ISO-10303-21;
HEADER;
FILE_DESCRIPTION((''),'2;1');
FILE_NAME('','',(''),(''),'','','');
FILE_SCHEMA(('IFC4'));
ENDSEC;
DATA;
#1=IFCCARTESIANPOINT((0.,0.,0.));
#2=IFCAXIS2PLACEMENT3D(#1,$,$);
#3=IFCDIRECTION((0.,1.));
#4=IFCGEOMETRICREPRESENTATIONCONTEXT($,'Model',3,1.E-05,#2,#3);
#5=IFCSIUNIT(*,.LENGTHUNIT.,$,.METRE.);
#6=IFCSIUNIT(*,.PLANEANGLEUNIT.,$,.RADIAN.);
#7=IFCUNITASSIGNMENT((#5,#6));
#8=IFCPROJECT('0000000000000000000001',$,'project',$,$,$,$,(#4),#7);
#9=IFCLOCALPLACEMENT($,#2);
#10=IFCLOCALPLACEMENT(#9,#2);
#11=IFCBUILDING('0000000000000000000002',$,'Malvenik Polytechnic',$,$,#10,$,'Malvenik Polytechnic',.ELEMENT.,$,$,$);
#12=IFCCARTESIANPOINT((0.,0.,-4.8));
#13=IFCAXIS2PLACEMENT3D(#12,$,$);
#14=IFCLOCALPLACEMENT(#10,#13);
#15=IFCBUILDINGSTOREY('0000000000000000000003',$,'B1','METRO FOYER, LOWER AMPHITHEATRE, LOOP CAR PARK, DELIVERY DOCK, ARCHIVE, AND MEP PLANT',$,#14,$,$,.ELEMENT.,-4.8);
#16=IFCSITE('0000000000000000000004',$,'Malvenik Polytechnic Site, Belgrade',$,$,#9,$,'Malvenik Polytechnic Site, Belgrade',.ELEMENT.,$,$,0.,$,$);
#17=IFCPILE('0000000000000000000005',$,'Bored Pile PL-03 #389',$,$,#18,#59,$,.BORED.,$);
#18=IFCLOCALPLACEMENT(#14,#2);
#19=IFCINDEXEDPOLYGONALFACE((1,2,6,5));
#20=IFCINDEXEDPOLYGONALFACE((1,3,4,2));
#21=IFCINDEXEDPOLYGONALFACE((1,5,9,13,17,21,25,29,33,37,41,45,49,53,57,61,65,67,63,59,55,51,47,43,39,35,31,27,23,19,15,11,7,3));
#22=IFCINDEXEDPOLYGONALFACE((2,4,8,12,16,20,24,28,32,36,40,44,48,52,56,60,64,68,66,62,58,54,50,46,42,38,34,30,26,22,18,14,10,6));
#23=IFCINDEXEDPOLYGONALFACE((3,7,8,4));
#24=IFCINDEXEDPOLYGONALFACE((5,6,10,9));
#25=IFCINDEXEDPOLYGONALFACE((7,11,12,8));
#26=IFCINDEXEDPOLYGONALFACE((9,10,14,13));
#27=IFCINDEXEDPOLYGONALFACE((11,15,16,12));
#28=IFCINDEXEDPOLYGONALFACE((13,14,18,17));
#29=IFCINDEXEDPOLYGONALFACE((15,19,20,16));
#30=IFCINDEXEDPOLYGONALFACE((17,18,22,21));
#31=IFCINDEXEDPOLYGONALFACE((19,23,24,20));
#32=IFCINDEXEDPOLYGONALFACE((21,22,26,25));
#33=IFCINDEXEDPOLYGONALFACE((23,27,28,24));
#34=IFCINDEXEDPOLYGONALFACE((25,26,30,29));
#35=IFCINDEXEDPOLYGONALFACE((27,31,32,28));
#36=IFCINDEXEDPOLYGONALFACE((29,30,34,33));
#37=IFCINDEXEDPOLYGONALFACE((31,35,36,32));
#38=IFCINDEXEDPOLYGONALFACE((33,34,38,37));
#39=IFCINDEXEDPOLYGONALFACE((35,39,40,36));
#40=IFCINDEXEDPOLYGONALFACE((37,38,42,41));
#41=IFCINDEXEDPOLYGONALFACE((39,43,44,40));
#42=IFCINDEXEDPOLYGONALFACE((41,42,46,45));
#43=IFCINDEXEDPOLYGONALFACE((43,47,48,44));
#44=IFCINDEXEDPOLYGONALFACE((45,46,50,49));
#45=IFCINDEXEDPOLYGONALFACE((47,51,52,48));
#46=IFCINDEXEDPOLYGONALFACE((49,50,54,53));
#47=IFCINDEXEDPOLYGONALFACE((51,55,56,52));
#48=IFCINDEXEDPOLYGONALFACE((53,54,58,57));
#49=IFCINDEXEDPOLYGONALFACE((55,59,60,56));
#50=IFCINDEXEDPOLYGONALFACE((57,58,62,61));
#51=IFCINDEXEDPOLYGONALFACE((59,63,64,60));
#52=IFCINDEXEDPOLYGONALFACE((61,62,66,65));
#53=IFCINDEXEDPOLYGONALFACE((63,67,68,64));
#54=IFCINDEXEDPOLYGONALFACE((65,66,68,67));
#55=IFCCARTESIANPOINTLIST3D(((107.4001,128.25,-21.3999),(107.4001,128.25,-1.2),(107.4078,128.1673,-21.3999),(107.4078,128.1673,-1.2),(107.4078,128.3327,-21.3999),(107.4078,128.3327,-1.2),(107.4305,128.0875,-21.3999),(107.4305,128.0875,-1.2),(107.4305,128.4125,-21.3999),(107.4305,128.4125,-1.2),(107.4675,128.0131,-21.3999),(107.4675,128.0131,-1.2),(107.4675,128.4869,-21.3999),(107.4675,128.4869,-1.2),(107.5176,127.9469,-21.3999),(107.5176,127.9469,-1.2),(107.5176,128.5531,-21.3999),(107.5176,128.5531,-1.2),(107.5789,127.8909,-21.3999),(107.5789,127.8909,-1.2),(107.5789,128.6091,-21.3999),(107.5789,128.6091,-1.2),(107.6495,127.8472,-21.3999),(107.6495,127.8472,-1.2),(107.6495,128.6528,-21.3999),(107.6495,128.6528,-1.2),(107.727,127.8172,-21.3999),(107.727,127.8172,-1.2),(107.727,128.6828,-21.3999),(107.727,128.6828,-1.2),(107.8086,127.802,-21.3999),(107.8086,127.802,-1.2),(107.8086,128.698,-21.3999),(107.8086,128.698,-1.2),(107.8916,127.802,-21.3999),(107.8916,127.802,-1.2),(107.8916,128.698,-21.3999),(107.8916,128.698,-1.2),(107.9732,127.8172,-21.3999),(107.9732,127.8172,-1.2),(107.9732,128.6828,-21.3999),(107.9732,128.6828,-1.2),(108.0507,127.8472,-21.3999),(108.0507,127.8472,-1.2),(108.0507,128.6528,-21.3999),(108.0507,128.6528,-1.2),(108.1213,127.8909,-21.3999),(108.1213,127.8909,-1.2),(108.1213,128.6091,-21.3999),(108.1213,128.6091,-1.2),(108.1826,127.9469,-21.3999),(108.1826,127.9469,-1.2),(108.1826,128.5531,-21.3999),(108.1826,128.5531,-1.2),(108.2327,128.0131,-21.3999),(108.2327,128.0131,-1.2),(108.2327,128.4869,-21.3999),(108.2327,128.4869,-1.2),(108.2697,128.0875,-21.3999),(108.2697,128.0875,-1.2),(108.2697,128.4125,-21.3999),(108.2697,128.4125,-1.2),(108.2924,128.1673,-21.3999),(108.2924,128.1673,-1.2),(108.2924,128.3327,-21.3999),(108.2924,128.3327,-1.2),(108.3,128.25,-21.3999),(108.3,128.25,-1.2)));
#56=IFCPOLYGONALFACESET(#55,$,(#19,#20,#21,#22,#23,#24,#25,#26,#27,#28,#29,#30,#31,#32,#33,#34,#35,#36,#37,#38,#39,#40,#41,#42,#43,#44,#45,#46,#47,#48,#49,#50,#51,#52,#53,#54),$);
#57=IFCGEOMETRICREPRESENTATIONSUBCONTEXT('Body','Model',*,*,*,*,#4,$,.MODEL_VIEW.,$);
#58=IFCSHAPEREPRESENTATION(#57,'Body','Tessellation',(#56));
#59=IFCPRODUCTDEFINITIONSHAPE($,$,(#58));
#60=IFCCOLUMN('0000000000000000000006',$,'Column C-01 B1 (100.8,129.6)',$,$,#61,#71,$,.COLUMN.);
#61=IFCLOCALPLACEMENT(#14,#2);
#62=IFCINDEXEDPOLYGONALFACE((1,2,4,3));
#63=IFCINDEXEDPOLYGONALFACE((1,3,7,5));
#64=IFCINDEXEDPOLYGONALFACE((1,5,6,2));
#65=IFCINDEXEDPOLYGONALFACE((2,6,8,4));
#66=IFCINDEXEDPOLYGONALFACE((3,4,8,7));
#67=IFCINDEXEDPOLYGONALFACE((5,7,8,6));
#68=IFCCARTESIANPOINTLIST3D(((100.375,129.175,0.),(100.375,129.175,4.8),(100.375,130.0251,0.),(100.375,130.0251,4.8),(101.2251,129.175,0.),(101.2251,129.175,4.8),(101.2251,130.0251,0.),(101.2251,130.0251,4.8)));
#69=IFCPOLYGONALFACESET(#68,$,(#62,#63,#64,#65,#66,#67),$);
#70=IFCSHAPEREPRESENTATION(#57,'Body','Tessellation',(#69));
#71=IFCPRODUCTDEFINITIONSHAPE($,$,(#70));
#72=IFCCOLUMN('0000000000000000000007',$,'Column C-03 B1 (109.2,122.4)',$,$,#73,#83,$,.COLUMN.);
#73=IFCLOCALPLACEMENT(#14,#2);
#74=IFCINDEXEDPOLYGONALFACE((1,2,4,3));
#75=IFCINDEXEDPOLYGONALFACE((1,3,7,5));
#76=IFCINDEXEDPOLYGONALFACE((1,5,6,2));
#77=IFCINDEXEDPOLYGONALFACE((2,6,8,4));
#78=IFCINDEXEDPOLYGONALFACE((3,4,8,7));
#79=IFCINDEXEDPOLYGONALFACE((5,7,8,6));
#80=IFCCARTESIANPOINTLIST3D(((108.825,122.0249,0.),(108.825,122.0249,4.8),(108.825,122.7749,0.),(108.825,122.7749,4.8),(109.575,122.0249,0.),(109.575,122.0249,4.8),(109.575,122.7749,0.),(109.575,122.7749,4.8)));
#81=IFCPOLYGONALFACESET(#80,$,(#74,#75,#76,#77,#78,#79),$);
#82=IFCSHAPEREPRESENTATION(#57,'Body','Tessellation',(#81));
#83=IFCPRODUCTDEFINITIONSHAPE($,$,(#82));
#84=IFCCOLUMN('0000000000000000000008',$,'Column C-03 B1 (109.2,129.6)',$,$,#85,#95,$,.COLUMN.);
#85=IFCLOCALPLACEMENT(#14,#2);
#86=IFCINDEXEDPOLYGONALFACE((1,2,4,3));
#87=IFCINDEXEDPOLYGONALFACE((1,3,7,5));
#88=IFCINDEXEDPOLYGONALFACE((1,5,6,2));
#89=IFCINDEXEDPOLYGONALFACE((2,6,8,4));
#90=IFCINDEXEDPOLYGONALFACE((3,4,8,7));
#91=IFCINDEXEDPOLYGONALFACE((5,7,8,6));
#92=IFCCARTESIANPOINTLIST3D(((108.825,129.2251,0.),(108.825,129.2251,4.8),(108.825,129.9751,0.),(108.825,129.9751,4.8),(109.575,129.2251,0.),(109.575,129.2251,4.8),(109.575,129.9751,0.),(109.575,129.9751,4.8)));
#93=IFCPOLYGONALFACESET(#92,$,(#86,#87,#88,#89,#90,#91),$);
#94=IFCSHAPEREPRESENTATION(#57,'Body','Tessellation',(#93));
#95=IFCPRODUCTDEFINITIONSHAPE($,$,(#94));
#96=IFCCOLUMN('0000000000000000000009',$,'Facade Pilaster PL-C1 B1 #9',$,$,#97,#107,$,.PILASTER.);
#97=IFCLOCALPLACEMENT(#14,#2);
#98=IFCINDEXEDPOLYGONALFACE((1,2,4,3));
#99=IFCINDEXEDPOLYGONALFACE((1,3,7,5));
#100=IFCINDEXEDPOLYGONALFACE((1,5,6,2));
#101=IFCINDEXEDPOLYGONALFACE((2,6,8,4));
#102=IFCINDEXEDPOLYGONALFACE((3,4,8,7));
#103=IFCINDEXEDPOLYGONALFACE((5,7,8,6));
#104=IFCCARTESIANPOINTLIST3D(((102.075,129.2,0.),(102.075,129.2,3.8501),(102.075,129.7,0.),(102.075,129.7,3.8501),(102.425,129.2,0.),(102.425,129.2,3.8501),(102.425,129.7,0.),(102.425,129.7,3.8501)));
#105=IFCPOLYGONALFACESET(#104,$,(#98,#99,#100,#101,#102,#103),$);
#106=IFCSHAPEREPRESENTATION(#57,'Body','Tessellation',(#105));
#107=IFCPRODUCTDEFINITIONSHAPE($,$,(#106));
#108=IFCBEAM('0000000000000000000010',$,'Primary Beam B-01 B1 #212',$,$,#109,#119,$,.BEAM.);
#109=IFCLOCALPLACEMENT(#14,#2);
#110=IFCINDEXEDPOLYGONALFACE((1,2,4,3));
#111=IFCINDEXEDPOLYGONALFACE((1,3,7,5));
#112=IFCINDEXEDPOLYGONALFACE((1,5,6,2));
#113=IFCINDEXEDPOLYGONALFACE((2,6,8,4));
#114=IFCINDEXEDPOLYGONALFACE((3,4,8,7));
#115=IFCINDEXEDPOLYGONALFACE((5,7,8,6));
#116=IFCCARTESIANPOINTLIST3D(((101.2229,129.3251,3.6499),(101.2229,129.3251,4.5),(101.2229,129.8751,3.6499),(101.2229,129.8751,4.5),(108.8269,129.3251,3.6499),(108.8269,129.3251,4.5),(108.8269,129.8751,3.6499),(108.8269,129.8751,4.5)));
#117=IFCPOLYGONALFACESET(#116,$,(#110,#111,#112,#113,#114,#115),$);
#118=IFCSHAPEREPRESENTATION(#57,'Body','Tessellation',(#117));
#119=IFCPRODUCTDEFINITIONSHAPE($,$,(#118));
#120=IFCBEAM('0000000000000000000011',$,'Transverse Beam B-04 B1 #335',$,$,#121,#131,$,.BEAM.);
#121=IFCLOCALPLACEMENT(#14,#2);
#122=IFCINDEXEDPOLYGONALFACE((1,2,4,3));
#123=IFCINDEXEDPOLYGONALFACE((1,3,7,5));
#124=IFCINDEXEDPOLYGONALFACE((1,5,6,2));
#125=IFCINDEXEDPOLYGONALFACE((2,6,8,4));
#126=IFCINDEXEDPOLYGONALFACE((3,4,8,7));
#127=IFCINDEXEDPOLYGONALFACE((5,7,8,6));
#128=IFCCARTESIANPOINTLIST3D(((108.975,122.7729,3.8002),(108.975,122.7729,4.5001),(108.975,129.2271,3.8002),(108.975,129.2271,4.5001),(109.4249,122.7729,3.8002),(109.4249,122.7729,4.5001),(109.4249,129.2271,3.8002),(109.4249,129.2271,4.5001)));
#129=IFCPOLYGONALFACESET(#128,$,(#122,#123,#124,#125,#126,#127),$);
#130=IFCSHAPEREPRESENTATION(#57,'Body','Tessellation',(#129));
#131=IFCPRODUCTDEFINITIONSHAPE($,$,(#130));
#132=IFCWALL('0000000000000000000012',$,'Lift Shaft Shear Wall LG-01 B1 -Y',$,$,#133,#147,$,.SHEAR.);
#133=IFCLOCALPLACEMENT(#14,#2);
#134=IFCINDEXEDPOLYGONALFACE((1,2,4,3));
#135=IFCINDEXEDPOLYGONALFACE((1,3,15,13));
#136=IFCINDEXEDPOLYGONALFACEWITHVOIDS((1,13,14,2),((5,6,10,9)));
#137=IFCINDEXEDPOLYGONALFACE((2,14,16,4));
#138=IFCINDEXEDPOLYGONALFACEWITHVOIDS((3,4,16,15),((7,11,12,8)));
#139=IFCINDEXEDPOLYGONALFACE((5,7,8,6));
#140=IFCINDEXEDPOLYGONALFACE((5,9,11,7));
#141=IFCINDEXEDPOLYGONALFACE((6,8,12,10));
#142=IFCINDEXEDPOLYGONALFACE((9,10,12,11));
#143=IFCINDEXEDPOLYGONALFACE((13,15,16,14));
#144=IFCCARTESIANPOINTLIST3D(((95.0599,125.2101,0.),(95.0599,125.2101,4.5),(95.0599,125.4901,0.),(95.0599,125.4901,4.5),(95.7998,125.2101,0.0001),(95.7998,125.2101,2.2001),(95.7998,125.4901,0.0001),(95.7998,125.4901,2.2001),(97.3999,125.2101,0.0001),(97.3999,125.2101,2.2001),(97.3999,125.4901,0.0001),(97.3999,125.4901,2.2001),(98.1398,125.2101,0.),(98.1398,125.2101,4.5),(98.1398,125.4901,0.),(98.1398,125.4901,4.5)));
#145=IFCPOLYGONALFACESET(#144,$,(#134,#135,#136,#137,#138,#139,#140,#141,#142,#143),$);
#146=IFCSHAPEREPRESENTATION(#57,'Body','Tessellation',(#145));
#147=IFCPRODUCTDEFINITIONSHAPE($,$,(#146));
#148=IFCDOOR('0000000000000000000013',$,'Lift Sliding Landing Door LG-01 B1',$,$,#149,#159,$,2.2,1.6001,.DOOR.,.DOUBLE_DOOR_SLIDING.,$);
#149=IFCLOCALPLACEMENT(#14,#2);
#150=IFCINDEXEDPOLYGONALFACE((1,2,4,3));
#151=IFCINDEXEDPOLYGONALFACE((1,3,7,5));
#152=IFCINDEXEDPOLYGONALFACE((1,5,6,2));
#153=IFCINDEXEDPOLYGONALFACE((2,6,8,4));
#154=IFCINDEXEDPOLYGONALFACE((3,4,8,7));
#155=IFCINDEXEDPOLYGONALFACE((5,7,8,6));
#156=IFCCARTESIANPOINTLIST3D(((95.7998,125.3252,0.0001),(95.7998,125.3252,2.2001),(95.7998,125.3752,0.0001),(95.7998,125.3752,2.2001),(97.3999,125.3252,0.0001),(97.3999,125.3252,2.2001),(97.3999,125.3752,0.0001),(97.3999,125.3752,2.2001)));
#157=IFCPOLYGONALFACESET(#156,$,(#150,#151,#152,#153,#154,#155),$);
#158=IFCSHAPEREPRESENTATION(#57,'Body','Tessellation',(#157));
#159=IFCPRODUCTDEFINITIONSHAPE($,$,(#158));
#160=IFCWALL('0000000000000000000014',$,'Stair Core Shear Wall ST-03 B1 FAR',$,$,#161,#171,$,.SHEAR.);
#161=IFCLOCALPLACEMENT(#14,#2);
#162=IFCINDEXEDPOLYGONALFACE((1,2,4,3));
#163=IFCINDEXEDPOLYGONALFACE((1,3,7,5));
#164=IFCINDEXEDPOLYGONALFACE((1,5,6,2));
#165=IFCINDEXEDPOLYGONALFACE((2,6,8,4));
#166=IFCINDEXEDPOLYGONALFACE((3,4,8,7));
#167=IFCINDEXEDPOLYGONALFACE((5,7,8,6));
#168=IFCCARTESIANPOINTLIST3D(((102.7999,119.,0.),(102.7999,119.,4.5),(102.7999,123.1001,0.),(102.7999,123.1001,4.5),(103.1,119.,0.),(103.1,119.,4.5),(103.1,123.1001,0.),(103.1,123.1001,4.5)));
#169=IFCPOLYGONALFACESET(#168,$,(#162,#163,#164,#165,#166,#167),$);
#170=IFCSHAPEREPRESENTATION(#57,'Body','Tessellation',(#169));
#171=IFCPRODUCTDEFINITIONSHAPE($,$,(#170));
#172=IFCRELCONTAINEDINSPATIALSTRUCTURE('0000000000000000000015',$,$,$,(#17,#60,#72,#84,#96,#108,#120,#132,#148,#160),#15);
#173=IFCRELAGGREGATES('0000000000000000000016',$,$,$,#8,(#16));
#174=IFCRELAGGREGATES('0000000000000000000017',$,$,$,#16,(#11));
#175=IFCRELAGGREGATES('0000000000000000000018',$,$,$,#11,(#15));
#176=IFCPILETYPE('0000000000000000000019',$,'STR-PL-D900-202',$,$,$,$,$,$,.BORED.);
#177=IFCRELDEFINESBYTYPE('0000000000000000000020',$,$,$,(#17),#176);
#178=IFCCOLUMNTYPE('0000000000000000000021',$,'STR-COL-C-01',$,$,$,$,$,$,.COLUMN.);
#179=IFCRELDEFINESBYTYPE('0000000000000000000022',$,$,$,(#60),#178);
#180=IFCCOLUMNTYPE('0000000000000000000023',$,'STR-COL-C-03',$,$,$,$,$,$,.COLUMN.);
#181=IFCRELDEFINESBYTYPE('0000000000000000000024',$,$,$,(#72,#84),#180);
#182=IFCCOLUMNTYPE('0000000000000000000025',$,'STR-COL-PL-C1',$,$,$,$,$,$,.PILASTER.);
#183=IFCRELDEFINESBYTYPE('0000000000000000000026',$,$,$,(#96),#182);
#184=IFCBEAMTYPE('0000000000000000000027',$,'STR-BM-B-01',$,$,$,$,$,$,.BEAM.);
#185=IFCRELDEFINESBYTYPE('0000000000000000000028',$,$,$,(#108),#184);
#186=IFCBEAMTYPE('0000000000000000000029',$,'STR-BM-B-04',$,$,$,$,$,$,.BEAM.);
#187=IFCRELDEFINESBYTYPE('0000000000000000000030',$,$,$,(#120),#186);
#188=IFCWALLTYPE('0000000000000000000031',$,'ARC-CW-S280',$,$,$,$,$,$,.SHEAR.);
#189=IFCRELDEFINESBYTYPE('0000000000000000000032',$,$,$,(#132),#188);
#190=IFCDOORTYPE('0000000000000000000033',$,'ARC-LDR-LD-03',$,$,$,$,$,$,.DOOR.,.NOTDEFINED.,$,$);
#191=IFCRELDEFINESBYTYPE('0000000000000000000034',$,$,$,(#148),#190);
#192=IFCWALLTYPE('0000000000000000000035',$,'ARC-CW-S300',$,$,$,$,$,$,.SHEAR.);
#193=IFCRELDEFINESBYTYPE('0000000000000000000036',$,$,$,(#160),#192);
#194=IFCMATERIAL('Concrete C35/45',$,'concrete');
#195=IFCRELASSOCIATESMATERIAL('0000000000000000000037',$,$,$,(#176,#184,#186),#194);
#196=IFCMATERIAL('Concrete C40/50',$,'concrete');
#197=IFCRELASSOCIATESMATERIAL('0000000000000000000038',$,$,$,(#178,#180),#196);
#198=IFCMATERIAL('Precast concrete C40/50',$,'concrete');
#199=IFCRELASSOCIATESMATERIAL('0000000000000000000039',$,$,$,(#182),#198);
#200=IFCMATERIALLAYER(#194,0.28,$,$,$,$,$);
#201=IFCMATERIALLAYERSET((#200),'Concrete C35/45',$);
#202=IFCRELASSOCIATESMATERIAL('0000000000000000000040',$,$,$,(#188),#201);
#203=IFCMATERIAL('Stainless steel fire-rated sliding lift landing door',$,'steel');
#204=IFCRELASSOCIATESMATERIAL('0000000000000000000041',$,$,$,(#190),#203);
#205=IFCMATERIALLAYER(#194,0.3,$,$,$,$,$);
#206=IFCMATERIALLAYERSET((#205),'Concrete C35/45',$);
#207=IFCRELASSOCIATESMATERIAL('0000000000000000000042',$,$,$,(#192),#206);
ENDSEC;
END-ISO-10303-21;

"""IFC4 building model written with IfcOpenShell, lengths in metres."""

from ifc_helpers import new_model, si_unit, direction, frame, frame_2d, origin, origin_2d, place, context, subcontext, project, spatial, rectangle, circle, extrude, material, layer, layer_set, material_profile, profile_set, type_object, element, fill, save


model = new_model("IFC4")

# Units and contexts
model_context = context("Model", 3, precision=1e-05, world=origin(), true_north=direction((0.0, 1.0)))
body_context = subcontext(model_context, "Body", "Model", "MODEL_VIEW")
ifc_project = project(units=[si_unit("LENGTHUNIT", "METRE"), si_unit("PLANEANGLEUNIT", "RADIAN")], contexts=[model_context])

# Site, building, storey
site_placement = place(None, origin())
site = spatial("IfcSite", under=ifc_project, at=site_placement, Name="Malvenik Polytechnic Site, Belgrade", LongName="Malvenik Polytechnic Site, Belgrade", CompositionType="ELEMENT", RefElevation=0.0)
building_placement = place(site_placement, origin())
building = spatial("IfcBuilding", under=site, at=building_placement, Name="Malvenik Polytechnic", LongName="Malvenik Polytechnic", CompositionType="ELEMENT")
storey_placement = place(building_placement, frame((0.0, 0.0, -4.8)))
storey = spatial("IfcBuildingStorey", under=building, at=storey_placement, Name="B1", Description="METRO FOYER, LOWER AMPHITHEATRE, LOOP CAR PARK, DELIVERY DOCK, ARCHIVE, AND MEP PLANT", CompositionType="ELEMENT", Elevation=-4.8)

# Shared definitions
ifc_material_1 = material(Name="Concrete C35/45", Category="concrete")

# Pile
ifc_material_profile_1 = material_profile(ifc_material_1, circle(Radius=0.45, at=origin_2d()), Name="BORED PILE D900")
ifc_profile_set_1 = profile_set([ifc_material_profile_1], Name="Concrete C35/45")
pile_type = type_object("IfcPileType", Name="STR-PL-D900-202", PredefinedType="BORED", material=ifc_profile_set_1)
for number, where, z_axis, x_axis, name in (
    (1, (107.8501, 128.25, -1.2), (0.0, 0.0, -1.0), (1.0, 0.0, 0.0), "Bored Pile PL-03 #389"),
):
    element("IfcPile", number, at=place(storey_placement, frame(where, z_axis=z_axis, x_axis=x_axis)), inside=storey, type_object=pile_type, Name=name, PredefinedType="BORED", context=body_context, shape_type="SweptSolid", body=[
        extrude(circle(Radius=0.45, at=origin_2d()), origin(), (0.0, 0.0, 1.0), 20.2),
    ])

# Columns
ifc_material_2 = material(Name="Concrete C40/50", Category="concrete")
ifc_material_profile_2 = material_profile(ifc_material_2, rectangle(XDim=0.8501, YDim=0.8501, at=origin_2d()), Name="RC COL 850x850")
ifc_profile_set_2 = profile_set([ifc_material_profile_2], Name="Concrete C40/50")
column_type_1 = type_object("IfcColumnType", Name="STR-COL-C-01", PredefinedType="COLUMN", material=ifc_profile_set_2)
column_1_placement = place(storey_placement, frame((100.8, 129.6001, 0.0), z_axis=(0.0, 0.0, 1.0), x_axis=(1.0, 0.0, 0.0)))
element("IfcColumn", 2, at=column_1_placement, inside=storey, type_object=column_type_1, Name="Column C-01 B1 (100.8,129.6)", PredefinedType="COLUMN", context=body_context, shape_type="SweptSolid", body=[
    extrude(rectangle(XDim=0.8501, YDim=0.8501, at=origin_2d()), origin(), (0.0, 0.0, 1.0), 4.8),
])
ifc_material_profile_3 = material_profile(ifc_material_2, rectangle(XDim=0.75, YDim=0.75, at=origin_2d()), Name="RC COL 750x750")
ifc_profile_set_3 = profile_set([ifc_material_profile_3], Name="Concrete C40/50")
column_type_2 = type_object("IfcColumnType", Name="STR-COL-C-03", PredefinedType="COLUMN", material=ifc_profile_set_3)
for number, where, z_axis, x_axis, name in (
    (3, (109.2, 122.3999, 0.0), (0.0, 0.0, 1.0), (1.0, 0.0, 0.0), "Column C-03 B1 (109.2,122.4)"),
    (4, (109.2, 129.6001, 0.0), (0.0, 0.0, 1.0), (1.0, 0.0, 0.0), "Column C-03 B1 (109.2,129.6)"),
):
    element("IfcColumn", number, at=place(storey_placement, frame(where, z_axis=z_axis, x_axis=x_axis)), inside=storey, type_object=column_type_2, Name=name, PredefinedType="COLUMN", context=body_context, shape_type="SweptSolid", body=[
        extrude(rectangle(XDim=0.75, YDim=0.75, at=origin_2d()), origin(), (0.0, 0.0, 1.0), 4.8),
    ])
ifc_material_3 = material(Name="Precast concrete C40/50", Category="concrete")
ifc_material_profile_4 = material_profile(ifc_material_3, rectangle(XDim=0.3501, YDim=0.5, at=origin_2d()), Name="RC PIL 500x350")
ifc_profile_set_4 = profile_set([ifc_material_profile_4], Name="Precast concrete C40/50")
column_type_3 = type_object("IfcColumnType", Name="STR-COL-PL-C1", PredefinedType="PILASTER", material=ifc_profile_set_4)
column_2_placement = place(storey_placement, frame((102.25, 129.45, 0.0), z_axis=(0.0, 0.0, 1.0), x_axis=(1.0, 0.0, 0.0)))
element("IfcColumn", 5, at=column_2_placement, inside=storey, type_object=column_type_3, Name="Facade Pilaster PL-C1 B1 #9", PredefinedType="PILASTER", context=body_context, shape_type="SweptSolid", body=[
    extrude(rectangle(XDim=0.3501, YDim=0.5, at=origin_2d()), origin(), (0.0, 0.0, 1.0), 3.8501),
])

# Beams
ifc_material_profile_5 = material_profile(ifc_material_1, rectangle(XDim=0.55, YDim=0.8501, at=origin_2d()), Name="RC BM 550x850")
ifc_profile_set_5 = profile_set([ifc_material_profile_5], Name="Concrete C35/45")
beam_type_1 = type_object("IfcBeamType", Name="STR-BM-B-01", PredefinedType="BEAM", material=ifc_profile_set_5)
beam_1_placement = place(storey_placement, frame((101.2229, 129.6001, 4.075), z_axis=(1.0, 0.0, 0.0), x_axis=(0.0, 1.0, 0.0)))
element("IfcBeam", 6, at=beam_1_placement, inside=storey, type_object=beam_type_1, Name="Primary Beam B-01 B1 #212", PredefinedType="BEAM", context=body_context, shape_type="SweptSolid", body=[
    extrude(rectangle(XDim=0.55, YDim=0.8501, at=origin_2d()), origin(), (0.0, 0.0, 1.0), 7.604),
])
ifc_material_profile_6 = material_profile(ifc_material_1, rectangle(XDim=0.45, YDim=0.7, at=origin_2d()), Name="RC BM 450x700")
ifc_profile_set_6 = profile_set([ifc_material_profile_6], Name="Concrete C35/45")
beam_type_2 = type_object("IfcBeamType", Name="STR-BM-B-04", PredefinedType="BEAM", material=ifc_profile_set_6)
beam_2_placement = place(storey_placement, frame((109.2, 122.7729, 4.1501), z_axis=(0.0, 1.0, 0.0), x_axis=(-1.0, 0.0, 0.0)))
element("IfcBeam", 7, at=beam_2_placement, inside=storey, type_object=beam_type_2, Name="Transverse Beam B-04 B1 #335", PredefinedType="BEAM", context=body_context, shape_type="SweptSolid", body=[
    extrude(rectangle(XDim=0.45, YDim=0.7, at=origin_2d()), origin(), (0.0, 0.0, 1.0), 6.4541),
])

# Wall, opening, door
ifc_layer_1 = layer(ifc_material_1, 0.28)
ifc_layer_set_1 = layer_set([ifc_layer_1], Name="Concrete C35/45")
wall_type_1 = type_object("IfcWallType", Name="ARC-CW-S280", PredefinedType="SHEAR", material=ifc_layer_set_1)
wall_1_placement = place(storey_placement, frame((98.1399, 125.3501, 0.0), z_axis=(0.0, 0.0, 1.0), x_axis=(-1.0, 0.0, 0.0)))
wall_1 = element("IfcWall", 8, at=wall_1_placement, inside=storey, type_object=wall_type_1, Name="Lift Shaft Shear Wall LG-01 B1 -Y", PredefinedType="SHEAR", context=body_context, shape_type="SweptSolid", body=[
    extrude(rectangle(XDim=3.0798, YDim=0.28, at=frame_2d((1.54, 0.0))), origin(), (0.0, 0.0, 1.0), 4.5),
])
opening_1_placement = place(wall_1_placement, frame((0.74, 0.0, 0.0)))
opening_1 = element("IfcOpeningElement", 9, at=opening_1_placement, cuts=wall_1, PredefinedType="OPENING", context=body_context, shape_type="SweptSolid", body=[
    extrude(rectangle(XDim=1.6001, YDim=2.2, at=frame_2d((0.8, 1.1001))), frame((0.0, 0.1499, 0.0), z_axis=(0.0, -1.0, 0.0), x_axis=(1.0, 0.0, 0.0)), (0.0, 0.0, 1.0), 0.3),
])
ifc_material_4 = material(Name="Stainless steel fire-rated sliding lift landing door", Category="steel")
door_type_1 = type_object("IfcDoorType", Name="ARC-LDR-LD-03", OperationType="NOTDEFINED", PredefinedType="DOOR", material=ifc_material_4)
door_1_placement = place(opening_1_placement, origin())
door_1 = element("IfcDoor", 10, at=door_1_placement, inside=storey, type_object=door_type_1, Name="Lift Sliding Landing Door LG-01 B1", OperationType="DOUBLE_DOOR_SLIDING", OverallHeight=2.2, OverallWidth=1.6001, PredefinedType="DOOR", context=body_context, shape_type="SweptSolid", body=[
    extrude(rectangle(XDim=1.6001, YDim=2.2, at=frame_2d((0.8, 1.1001))), frame((0.0, 0.0249, 0.0), z_axis=(0.0, -1.0, 0.0), x_axis=(1.0, 0.0, 0.0)), (0.0, 0.0, 1.0), 0.05),
])
fill(opening_1, door_1)

# Wall
ifc_layer_2 = layer(ifc_material_1, 0.3)
ifc_layer_set_2 = layer_set([ifc_layer_2], Name="Concrete C35/45")
wall_type_2 = type_object("IfcWallType", Name="ARC-CW-S300", PredefinedType="SHEAR", material=ifc_layer_set_2)
wall_2_placement = place(storey_placement, frame((102.95, 123.1001, 0.0), z_axis=(0.0, 0.0, 1.0), x_axis=(0.0, -1.0, 0.0)))
element("IfcWall", 11, at=wall_2_placement, inside=storey, type_object=wall_type_2, Name="Stair Core Shear Wall ST-03 B1 FAR", PredefinedType="SHEAR", context=body_context, shape_type="SweptSolid", body=[
    extrude(rectangle(XDim=4.1001, YDim=0.3, at=frame_2d((2.05, 0.0))), origin(), (0.0, 0.0, 1.0), 4.5),
])

save(model, "model.ifc")
